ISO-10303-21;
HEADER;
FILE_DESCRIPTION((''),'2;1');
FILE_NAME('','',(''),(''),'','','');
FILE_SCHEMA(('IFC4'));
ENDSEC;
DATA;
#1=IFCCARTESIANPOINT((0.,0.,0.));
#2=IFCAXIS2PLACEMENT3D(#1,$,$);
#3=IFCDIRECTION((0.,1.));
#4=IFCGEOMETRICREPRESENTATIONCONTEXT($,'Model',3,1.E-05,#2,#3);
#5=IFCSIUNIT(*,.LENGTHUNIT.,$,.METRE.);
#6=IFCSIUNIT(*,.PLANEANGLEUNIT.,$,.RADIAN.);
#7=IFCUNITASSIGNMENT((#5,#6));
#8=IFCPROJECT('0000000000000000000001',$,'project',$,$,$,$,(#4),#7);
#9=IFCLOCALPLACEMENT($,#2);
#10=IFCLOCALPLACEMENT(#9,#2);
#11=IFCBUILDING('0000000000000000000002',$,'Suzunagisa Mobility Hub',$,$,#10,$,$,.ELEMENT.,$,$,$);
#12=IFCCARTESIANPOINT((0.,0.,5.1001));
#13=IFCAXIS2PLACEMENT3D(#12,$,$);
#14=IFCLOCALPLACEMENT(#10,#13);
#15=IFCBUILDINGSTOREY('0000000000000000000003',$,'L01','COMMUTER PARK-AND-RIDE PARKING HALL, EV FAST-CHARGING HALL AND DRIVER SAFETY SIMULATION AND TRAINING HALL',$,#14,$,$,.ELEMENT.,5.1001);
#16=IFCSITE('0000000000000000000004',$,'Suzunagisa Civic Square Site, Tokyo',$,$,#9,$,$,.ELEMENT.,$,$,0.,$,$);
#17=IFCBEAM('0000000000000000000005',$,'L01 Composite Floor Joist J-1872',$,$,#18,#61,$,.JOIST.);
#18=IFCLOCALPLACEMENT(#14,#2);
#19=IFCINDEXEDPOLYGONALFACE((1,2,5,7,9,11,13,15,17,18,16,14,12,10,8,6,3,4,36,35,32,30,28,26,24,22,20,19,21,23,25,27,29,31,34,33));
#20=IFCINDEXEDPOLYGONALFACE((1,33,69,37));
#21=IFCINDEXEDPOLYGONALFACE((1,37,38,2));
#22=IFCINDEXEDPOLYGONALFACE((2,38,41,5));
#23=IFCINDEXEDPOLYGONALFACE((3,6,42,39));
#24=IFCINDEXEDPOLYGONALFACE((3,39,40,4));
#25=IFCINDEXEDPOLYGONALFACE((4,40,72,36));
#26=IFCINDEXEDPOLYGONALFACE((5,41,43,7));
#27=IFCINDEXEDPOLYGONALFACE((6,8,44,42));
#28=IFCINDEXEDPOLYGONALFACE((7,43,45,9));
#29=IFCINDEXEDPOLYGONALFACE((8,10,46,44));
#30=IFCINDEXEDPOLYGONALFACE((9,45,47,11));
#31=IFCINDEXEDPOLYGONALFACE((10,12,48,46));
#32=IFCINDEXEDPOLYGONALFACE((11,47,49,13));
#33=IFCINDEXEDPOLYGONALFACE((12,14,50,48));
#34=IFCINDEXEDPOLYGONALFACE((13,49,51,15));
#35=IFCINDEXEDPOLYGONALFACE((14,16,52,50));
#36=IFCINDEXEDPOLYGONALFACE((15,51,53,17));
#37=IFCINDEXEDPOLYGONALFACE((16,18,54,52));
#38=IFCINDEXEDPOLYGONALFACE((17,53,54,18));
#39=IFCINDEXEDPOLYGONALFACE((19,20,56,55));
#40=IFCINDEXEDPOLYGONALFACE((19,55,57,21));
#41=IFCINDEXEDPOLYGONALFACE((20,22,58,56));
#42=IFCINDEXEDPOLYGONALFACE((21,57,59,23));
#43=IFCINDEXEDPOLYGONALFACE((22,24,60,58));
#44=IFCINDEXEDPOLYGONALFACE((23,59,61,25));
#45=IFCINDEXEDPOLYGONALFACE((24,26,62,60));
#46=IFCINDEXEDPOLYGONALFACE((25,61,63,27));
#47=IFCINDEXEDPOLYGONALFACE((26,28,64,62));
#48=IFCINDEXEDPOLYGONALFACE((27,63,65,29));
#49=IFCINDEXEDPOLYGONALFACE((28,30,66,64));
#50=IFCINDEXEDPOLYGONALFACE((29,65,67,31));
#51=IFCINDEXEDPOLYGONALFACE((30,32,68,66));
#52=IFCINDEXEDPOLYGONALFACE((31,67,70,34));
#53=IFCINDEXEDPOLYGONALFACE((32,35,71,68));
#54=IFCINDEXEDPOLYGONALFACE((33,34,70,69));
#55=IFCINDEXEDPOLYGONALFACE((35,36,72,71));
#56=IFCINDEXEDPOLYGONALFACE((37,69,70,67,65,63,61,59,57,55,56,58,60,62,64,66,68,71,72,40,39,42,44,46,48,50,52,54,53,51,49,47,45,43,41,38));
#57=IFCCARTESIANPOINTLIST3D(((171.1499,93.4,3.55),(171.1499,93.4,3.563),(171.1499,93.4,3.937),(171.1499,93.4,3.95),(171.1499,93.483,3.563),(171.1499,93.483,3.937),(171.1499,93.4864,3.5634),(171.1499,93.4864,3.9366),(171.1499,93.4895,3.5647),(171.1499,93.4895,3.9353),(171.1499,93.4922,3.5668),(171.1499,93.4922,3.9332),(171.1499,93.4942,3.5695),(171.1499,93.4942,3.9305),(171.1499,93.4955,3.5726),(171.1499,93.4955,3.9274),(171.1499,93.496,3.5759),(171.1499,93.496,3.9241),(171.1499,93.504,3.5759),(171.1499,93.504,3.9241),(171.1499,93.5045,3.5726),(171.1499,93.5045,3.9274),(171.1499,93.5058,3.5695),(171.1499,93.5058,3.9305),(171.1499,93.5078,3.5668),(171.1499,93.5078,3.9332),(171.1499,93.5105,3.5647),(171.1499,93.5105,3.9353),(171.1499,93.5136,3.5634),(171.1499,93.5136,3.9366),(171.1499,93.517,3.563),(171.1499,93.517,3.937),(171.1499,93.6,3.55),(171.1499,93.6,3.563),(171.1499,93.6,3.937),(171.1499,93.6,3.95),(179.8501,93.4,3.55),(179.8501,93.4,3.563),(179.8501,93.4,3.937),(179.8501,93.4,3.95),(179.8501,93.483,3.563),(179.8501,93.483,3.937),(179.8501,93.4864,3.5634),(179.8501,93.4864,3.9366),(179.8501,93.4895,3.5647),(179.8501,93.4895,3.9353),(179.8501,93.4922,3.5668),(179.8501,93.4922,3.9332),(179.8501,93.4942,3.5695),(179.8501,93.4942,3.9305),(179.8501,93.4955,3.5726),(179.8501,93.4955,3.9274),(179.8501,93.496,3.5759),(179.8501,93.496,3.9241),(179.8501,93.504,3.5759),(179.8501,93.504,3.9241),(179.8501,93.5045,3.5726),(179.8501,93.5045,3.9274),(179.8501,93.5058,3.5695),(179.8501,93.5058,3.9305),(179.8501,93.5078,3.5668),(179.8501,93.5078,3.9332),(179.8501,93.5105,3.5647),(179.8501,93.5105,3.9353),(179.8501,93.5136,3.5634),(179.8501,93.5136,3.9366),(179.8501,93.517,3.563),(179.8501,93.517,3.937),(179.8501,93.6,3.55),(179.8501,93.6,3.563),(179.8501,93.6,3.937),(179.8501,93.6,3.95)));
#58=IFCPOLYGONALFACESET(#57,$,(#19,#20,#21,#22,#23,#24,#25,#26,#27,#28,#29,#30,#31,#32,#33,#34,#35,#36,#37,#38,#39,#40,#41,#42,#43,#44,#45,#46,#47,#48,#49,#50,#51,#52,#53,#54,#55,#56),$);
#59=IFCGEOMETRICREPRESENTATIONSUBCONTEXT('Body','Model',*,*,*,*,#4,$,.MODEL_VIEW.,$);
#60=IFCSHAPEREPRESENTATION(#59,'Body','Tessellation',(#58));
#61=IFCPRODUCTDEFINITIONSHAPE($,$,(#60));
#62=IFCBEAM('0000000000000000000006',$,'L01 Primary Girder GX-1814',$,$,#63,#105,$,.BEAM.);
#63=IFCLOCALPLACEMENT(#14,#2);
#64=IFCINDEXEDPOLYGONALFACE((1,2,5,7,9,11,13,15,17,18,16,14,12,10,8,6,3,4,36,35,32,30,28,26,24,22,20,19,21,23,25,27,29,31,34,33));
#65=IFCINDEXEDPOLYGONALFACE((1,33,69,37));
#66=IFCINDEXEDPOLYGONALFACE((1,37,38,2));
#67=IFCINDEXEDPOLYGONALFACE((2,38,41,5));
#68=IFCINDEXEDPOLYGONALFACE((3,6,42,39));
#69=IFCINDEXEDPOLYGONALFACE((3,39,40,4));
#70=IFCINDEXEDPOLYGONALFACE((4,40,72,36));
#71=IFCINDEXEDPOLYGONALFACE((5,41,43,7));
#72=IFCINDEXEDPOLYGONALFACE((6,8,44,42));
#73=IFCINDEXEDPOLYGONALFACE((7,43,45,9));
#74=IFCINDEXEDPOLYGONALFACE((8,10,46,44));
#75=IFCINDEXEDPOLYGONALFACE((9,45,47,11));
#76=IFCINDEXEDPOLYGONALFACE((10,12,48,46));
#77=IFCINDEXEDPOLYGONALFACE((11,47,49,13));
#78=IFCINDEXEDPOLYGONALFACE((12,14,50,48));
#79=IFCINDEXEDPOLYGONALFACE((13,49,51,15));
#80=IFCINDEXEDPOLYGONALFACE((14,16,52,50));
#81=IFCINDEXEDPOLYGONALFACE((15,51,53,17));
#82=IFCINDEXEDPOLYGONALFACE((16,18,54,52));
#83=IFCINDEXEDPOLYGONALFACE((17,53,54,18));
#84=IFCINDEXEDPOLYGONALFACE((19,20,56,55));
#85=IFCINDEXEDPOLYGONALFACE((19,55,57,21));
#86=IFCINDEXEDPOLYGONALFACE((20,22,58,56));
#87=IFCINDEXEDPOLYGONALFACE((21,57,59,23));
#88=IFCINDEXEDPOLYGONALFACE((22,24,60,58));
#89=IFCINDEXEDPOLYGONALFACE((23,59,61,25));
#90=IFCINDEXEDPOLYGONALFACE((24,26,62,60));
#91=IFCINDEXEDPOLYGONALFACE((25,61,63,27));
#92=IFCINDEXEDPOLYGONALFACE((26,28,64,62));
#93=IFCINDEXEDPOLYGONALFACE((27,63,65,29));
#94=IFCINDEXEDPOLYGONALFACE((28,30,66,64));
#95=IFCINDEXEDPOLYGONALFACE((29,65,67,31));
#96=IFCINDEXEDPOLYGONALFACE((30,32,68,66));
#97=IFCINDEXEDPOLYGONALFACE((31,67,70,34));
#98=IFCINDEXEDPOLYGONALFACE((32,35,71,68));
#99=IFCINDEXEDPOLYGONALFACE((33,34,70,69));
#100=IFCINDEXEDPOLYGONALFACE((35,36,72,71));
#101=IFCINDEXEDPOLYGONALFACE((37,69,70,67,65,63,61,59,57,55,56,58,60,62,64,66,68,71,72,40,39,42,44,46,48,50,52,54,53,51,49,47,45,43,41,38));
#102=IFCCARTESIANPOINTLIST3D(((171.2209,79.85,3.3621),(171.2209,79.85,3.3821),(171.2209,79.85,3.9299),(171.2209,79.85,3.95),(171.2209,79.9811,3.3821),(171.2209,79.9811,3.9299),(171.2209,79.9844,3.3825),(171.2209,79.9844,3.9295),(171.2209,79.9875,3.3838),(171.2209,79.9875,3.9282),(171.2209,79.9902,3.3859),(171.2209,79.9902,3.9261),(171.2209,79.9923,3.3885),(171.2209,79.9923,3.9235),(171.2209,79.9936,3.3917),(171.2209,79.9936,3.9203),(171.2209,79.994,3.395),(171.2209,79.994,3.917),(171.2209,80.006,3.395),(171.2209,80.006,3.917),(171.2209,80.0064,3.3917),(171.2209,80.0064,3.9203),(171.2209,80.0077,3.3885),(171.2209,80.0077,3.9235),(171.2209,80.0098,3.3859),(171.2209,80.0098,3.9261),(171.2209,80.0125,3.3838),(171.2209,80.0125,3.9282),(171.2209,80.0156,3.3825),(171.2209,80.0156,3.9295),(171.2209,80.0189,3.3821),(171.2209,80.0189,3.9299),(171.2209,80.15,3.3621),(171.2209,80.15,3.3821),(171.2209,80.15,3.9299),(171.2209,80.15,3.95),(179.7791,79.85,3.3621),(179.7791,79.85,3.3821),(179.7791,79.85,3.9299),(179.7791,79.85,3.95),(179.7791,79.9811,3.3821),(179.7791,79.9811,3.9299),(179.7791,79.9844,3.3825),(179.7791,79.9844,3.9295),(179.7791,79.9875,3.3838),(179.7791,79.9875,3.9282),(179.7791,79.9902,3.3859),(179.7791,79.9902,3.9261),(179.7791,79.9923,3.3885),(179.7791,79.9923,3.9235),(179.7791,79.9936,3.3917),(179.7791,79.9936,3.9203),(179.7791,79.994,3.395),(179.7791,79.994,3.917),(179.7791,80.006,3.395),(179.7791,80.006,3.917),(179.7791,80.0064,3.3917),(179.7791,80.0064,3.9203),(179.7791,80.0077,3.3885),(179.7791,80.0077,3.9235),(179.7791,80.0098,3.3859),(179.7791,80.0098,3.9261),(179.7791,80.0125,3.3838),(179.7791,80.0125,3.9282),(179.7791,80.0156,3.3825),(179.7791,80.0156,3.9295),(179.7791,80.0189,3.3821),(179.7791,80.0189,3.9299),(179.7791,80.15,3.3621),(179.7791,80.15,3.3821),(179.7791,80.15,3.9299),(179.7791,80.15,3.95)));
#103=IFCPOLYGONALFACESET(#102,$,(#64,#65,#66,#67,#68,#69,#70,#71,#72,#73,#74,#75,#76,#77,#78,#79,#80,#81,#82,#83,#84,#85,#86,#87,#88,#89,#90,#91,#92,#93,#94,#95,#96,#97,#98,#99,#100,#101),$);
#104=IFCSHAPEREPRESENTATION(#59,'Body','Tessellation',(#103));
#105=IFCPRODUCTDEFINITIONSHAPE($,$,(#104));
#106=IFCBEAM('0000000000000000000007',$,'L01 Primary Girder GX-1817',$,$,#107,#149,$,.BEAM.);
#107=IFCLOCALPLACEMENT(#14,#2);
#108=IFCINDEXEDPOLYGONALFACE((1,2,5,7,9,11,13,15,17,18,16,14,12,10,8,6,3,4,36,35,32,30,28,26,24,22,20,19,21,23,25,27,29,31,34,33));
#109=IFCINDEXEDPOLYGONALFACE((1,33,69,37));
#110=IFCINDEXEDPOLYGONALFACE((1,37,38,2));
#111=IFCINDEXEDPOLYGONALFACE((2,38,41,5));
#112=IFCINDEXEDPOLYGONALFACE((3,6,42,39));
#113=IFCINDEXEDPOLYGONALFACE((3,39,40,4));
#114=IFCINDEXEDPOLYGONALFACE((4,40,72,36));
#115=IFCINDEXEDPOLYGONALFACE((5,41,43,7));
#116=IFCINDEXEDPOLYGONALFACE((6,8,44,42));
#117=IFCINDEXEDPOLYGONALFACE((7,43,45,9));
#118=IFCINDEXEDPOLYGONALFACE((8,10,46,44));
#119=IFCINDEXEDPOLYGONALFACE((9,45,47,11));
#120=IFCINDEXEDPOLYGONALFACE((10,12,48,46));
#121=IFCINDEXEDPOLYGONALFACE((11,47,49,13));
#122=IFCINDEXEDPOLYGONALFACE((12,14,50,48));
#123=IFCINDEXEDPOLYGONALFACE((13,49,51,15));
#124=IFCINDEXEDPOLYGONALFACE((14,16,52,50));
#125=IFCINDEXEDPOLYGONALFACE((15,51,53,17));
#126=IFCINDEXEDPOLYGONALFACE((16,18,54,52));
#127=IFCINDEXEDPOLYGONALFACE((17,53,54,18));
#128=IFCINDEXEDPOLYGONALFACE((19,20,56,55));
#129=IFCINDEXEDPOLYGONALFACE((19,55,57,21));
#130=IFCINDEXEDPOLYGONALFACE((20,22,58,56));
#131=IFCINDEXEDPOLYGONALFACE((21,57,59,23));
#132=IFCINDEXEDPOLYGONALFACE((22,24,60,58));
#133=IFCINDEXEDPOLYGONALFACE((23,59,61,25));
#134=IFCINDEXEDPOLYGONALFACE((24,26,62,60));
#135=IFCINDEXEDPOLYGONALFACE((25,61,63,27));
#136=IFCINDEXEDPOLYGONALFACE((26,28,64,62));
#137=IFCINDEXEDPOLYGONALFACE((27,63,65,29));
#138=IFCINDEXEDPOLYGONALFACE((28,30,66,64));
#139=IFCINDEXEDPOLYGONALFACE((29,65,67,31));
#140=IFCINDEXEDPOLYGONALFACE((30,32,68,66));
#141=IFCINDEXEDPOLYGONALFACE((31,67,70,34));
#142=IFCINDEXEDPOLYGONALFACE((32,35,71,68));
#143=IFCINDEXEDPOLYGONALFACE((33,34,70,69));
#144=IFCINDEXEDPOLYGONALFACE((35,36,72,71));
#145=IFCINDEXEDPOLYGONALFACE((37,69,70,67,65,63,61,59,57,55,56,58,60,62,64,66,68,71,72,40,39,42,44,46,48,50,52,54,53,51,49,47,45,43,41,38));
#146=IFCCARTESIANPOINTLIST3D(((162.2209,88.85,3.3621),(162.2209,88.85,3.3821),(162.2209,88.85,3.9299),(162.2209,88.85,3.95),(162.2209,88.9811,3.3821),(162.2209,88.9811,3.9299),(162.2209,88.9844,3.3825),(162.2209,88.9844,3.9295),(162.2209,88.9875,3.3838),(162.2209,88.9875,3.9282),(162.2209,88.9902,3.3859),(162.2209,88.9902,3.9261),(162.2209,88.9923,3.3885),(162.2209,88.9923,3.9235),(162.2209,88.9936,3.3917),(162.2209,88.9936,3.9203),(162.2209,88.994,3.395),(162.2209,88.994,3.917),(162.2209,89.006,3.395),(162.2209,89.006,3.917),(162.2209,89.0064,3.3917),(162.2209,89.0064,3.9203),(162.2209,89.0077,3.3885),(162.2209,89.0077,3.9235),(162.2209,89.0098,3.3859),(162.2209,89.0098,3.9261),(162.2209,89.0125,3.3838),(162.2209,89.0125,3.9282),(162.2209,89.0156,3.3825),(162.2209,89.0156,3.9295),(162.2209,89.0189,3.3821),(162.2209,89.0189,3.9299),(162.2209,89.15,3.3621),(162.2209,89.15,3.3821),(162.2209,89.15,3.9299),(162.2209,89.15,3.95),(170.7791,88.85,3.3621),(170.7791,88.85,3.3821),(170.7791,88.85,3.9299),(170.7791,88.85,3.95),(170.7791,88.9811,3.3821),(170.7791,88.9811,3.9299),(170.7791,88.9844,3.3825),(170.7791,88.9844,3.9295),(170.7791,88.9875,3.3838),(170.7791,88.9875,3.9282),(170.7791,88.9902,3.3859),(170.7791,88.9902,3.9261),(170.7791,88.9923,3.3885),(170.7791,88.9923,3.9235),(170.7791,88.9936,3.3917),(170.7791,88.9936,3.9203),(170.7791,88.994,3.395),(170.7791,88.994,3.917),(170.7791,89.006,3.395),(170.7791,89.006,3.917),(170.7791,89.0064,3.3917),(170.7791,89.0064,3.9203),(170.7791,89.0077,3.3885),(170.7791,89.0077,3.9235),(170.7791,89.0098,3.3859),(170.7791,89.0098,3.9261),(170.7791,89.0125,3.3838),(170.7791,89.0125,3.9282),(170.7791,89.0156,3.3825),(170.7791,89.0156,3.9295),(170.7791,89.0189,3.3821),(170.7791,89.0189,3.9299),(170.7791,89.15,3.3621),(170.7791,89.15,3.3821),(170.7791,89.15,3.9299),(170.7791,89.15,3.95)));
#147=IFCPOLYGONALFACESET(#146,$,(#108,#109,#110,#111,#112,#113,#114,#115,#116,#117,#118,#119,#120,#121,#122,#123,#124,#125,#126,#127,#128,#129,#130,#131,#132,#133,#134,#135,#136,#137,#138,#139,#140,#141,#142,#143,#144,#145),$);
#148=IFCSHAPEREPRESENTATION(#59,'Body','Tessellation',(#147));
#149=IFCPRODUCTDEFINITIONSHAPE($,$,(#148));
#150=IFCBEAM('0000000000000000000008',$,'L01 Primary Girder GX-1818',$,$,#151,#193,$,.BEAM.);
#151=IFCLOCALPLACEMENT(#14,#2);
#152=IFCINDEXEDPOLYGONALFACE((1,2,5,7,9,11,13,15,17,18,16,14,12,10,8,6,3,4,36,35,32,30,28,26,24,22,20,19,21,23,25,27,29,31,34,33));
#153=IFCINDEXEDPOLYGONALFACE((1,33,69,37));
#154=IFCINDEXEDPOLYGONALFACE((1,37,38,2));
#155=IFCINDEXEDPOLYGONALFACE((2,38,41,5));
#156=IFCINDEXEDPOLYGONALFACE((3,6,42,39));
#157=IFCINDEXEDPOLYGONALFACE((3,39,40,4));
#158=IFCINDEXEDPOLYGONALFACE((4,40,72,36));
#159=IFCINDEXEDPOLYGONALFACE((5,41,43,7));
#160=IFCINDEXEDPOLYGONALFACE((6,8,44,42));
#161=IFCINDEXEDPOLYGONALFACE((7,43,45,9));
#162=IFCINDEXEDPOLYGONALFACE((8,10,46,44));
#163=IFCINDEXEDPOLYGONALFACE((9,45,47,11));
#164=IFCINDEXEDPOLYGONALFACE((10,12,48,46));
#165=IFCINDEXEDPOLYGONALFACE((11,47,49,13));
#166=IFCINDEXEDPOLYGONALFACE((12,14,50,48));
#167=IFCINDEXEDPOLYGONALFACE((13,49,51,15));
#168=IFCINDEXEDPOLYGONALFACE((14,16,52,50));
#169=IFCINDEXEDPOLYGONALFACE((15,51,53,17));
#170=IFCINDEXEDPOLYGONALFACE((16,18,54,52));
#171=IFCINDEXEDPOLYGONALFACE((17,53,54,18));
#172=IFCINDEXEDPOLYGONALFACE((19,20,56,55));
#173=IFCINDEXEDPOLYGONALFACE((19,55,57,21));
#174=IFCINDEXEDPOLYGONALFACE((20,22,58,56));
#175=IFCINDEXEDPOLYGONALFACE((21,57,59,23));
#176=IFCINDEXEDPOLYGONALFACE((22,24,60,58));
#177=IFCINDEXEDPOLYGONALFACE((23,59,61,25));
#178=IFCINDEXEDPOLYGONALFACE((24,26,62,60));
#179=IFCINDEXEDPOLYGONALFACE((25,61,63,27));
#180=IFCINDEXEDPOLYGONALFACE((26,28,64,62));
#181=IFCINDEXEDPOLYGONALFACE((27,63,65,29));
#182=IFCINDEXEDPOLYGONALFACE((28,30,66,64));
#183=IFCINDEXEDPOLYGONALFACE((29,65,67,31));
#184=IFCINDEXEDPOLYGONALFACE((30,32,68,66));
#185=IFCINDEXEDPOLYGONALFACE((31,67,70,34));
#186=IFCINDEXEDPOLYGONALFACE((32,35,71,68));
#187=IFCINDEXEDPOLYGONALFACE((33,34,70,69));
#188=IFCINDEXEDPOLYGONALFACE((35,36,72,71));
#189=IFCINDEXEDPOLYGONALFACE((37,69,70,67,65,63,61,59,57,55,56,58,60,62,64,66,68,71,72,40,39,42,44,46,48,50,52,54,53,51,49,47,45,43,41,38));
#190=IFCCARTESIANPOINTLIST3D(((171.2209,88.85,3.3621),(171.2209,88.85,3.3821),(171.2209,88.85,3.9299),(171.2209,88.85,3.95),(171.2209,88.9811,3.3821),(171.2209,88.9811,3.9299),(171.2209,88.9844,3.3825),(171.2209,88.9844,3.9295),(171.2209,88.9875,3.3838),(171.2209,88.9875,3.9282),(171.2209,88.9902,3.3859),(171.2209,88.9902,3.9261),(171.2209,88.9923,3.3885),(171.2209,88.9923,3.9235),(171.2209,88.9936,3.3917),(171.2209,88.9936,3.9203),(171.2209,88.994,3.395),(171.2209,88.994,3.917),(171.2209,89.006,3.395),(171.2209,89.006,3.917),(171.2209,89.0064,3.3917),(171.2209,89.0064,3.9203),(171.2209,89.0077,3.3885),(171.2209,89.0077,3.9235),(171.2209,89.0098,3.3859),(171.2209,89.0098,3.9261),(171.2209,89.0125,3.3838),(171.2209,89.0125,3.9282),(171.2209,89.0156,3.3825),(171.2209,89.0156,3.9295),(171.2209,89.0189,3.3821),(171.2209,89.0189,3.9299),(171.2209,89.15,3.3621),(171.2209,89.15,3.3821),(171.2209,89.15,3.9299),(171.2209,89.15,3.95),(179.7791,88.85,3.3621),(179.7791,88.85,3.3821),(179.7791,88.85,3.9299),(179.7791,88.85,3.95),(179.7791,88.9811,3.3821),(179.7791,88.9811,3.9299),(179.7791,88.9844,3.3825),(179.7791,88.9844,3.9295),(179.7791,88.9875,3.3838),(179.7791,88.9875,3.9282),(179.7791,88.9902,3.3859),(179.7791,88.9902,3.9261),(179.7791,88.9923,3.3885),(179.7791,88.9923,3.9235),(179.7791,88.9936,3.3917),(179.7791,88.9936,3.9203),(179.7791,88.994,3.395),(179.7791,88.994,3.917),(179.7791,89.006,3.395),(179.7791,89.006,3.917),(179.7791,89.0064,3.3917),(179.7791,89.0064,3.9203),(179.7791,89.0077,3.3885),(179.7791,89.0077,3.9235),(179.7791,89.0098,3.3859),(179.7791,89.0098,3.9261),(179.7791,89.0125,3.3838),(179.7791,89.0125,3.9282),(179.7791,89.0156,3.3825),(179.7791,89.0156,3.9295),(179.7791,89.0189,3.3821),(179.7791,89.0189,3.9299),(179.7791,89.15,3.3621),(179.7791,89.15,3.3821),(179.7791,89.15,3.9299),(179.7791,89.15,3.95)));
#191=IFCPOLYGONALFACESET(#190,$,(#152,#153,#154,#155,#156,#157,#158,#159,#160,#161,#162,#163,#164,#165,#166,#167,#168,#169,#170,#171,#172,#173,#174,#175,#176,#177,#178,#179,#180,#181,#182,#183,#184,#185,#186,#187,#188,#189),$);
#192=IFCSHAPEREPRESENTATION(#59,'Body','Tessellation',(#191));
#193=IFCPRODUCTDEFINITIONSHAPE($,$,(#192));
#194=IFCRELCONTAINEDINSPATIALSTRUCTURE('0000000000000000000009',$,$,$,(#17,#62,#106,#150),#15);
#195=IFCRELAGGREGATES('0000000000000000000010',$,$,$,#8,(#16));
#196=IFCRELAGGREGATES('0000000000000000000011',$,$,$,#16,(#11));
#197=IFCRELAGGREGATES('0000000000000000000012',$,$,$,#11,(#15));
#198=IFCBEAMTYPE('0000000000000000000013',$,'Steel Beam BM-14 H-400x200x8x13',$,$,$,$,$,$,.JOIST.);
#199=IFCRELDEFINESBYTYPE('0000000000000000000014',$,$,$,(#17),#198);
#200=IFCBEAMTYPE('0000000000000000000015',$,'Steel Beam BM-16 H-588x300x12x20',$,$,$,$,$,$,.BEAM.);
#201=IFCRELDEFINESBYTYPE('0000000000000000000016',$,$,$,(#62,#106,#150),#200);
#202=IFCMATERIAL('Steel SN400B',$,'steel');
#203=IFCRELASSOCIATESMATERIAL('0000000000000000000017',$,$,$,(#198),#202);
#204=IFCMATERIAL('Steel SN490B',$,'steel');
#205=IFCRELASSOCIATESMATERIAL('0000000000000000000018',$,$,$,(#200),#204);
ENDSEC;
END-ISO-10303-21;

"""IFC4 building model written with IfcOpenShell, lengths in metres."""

from ifc_helpers import new_model, si_unit, direction, frame, origin, origin_2d, place, context, subcontext, project, spatial, i_section, extrude, material, material_profile, profile_set, type_object, element, save


model = new_model("IFC4")

# Units and contexts
model_context = context("Model", 3, precision=1e-05, world=origin(), true_north=direction((0.0, 1.0)))
body_context = subcontext(model_context, "Body", "Model", "MODEL_VIEW")
ifc_project = project(units=[si_unit("LENGTHUNIT", "METRE"), si_unit("PLANEANGLEUNIT", "RADIAN")], contexts=[model_context])

# Site, building, storey
site_placement = place(None, origin())
site = spatial("IfcSite", under=ifc_project, at=site_placement, Name="Suzunagisa Civic Square Site, Tokyo", CompositionType="ELEMENT", RefElevation=0.0)
building_placement = place(site_placement, origin())
building = spatial("IfcBuilding", under=site, at=building_placement, Name="Suzunagisa Mobility Hub", CompositionType="ELEMENT")
storey_placement = place(building_placement, frame((0.0, 0.0, 5.1001)))
storey = spatial("IfcBuildingStorey", under=building, at=storey_placement, Name="L01", Description="COMMUTER PARK-AND-RIDE PARKING HALL, EV FAST-CHARGING HALL AND DRIVER SAFETY SIMULATION AND TRAINING HALL", CompositionType="ELEMENT", Elevation=5.1001)

# Shared definitions
ifc_material_1 = material(Name="Steel SN490B", Category="steel")

# Beams
ifc_material_2 = material(Name="Steel SN400B", Category="steel")
ifc_material_profile_1 = material_profile(ifc_material_2, i_section(OverallWidth=0.2, OverallDepth=0.3999, WebThickness=0.0081, FlangeThickness=0.0129, FilletRadius=0.0129, at=origin_2d()), Name="H-400x200x8x13")
ifc_profile_set_1 = profile_set([ifc_material_profile_1], Name="Steel SN400B")
beam_type_1 = type_object("IfcBeamType", Name="Steel Beam BM-14 H-400x200x8x13", PredefinedType="JOIST", material=ifc_profile_set_1)
for number, where, z_axis, x_axis, name in (
    (1, (171.1499, 93.5, 3.75), (1.0, 0.0, 0.0), (0.0, 1.0, 0.0), "L01 Composite Floor Joist J-1872"),
):
    element("IfcBeam", number, at=place(storey_placement, frame(where, z_axis=z_axis, x_axis=x_axis)), inside=storey, type_object=beam_type_1, Name=name, PredefinedType="JOIST", context=body_context, shape_type="SweptSolid", body=[
        extrude(i_section(OverallWidth=0.2, OverallDepth=0.3999, WebThickness=0.0081, FlangeThickness=0.0129, FilletRadius=0.0129, at=origin_2d()), origin(), (0.0, 0.0, 1.0), 8.7002),
    ])
ifc_material_profile_2 = material_profile(ifc_material_1, i_section(OverallWidth=0.3, OverallDepth=0.5879, WebThickness=0.012, FlangeThickness=0.02, FilletRadius=0.0129, at=origin_2d()), Name="H-588x300x12x20")
ifc_profile_set_2 = profile_set([ifc_material_profile_2], Name="Steel SN490B")
beam_type_2 = type_object("IfcBeamType", Name="Steel Beam BM-16 H-588x300x12x20", PredefinedType="BEAM", material=ifc_profile_set_2)
for number, where, z_axis, x_axis, name in (
    (2, (171.2209, 80.0, 3.656), (1.0, 0.0, 0.0), (0.0, 1.0, 0.0), "L01 Primary Girder GX-1814"),
    (3, (162.2209, 89.0, 3.656), (1.0, 0.0, 0.0), (0.0, 1.0, 0.0), "L01 Primary Girder GX-1817"),
    (4, (171.2209, 89.0, 3.656), (1.0, 0.0, 0.0), (0.0, 1.0, 0.0), "L01 Primary Girder GX-1818"),
):
    element("IfcBeam", number, at=place(storey_placement, frame(where, z_axis=z_axis, x_axis=x_axis)), inside=storey, type_object=beam_type_2, Name=name, PredefinedType="BEAM", context=body_context, shape_type="SweptSolid", body=[
        extrude(i_section(OverallWidth=0.3, OverallDepth=0.5879, WebThickness=0.012, FlangeThickness=0.02, FilletRadius=0.0129, at=origin_2d()), origin(), (0.0, 0.0, 1.0), 8.5581),
    ])

save(model, "model.ifc")
